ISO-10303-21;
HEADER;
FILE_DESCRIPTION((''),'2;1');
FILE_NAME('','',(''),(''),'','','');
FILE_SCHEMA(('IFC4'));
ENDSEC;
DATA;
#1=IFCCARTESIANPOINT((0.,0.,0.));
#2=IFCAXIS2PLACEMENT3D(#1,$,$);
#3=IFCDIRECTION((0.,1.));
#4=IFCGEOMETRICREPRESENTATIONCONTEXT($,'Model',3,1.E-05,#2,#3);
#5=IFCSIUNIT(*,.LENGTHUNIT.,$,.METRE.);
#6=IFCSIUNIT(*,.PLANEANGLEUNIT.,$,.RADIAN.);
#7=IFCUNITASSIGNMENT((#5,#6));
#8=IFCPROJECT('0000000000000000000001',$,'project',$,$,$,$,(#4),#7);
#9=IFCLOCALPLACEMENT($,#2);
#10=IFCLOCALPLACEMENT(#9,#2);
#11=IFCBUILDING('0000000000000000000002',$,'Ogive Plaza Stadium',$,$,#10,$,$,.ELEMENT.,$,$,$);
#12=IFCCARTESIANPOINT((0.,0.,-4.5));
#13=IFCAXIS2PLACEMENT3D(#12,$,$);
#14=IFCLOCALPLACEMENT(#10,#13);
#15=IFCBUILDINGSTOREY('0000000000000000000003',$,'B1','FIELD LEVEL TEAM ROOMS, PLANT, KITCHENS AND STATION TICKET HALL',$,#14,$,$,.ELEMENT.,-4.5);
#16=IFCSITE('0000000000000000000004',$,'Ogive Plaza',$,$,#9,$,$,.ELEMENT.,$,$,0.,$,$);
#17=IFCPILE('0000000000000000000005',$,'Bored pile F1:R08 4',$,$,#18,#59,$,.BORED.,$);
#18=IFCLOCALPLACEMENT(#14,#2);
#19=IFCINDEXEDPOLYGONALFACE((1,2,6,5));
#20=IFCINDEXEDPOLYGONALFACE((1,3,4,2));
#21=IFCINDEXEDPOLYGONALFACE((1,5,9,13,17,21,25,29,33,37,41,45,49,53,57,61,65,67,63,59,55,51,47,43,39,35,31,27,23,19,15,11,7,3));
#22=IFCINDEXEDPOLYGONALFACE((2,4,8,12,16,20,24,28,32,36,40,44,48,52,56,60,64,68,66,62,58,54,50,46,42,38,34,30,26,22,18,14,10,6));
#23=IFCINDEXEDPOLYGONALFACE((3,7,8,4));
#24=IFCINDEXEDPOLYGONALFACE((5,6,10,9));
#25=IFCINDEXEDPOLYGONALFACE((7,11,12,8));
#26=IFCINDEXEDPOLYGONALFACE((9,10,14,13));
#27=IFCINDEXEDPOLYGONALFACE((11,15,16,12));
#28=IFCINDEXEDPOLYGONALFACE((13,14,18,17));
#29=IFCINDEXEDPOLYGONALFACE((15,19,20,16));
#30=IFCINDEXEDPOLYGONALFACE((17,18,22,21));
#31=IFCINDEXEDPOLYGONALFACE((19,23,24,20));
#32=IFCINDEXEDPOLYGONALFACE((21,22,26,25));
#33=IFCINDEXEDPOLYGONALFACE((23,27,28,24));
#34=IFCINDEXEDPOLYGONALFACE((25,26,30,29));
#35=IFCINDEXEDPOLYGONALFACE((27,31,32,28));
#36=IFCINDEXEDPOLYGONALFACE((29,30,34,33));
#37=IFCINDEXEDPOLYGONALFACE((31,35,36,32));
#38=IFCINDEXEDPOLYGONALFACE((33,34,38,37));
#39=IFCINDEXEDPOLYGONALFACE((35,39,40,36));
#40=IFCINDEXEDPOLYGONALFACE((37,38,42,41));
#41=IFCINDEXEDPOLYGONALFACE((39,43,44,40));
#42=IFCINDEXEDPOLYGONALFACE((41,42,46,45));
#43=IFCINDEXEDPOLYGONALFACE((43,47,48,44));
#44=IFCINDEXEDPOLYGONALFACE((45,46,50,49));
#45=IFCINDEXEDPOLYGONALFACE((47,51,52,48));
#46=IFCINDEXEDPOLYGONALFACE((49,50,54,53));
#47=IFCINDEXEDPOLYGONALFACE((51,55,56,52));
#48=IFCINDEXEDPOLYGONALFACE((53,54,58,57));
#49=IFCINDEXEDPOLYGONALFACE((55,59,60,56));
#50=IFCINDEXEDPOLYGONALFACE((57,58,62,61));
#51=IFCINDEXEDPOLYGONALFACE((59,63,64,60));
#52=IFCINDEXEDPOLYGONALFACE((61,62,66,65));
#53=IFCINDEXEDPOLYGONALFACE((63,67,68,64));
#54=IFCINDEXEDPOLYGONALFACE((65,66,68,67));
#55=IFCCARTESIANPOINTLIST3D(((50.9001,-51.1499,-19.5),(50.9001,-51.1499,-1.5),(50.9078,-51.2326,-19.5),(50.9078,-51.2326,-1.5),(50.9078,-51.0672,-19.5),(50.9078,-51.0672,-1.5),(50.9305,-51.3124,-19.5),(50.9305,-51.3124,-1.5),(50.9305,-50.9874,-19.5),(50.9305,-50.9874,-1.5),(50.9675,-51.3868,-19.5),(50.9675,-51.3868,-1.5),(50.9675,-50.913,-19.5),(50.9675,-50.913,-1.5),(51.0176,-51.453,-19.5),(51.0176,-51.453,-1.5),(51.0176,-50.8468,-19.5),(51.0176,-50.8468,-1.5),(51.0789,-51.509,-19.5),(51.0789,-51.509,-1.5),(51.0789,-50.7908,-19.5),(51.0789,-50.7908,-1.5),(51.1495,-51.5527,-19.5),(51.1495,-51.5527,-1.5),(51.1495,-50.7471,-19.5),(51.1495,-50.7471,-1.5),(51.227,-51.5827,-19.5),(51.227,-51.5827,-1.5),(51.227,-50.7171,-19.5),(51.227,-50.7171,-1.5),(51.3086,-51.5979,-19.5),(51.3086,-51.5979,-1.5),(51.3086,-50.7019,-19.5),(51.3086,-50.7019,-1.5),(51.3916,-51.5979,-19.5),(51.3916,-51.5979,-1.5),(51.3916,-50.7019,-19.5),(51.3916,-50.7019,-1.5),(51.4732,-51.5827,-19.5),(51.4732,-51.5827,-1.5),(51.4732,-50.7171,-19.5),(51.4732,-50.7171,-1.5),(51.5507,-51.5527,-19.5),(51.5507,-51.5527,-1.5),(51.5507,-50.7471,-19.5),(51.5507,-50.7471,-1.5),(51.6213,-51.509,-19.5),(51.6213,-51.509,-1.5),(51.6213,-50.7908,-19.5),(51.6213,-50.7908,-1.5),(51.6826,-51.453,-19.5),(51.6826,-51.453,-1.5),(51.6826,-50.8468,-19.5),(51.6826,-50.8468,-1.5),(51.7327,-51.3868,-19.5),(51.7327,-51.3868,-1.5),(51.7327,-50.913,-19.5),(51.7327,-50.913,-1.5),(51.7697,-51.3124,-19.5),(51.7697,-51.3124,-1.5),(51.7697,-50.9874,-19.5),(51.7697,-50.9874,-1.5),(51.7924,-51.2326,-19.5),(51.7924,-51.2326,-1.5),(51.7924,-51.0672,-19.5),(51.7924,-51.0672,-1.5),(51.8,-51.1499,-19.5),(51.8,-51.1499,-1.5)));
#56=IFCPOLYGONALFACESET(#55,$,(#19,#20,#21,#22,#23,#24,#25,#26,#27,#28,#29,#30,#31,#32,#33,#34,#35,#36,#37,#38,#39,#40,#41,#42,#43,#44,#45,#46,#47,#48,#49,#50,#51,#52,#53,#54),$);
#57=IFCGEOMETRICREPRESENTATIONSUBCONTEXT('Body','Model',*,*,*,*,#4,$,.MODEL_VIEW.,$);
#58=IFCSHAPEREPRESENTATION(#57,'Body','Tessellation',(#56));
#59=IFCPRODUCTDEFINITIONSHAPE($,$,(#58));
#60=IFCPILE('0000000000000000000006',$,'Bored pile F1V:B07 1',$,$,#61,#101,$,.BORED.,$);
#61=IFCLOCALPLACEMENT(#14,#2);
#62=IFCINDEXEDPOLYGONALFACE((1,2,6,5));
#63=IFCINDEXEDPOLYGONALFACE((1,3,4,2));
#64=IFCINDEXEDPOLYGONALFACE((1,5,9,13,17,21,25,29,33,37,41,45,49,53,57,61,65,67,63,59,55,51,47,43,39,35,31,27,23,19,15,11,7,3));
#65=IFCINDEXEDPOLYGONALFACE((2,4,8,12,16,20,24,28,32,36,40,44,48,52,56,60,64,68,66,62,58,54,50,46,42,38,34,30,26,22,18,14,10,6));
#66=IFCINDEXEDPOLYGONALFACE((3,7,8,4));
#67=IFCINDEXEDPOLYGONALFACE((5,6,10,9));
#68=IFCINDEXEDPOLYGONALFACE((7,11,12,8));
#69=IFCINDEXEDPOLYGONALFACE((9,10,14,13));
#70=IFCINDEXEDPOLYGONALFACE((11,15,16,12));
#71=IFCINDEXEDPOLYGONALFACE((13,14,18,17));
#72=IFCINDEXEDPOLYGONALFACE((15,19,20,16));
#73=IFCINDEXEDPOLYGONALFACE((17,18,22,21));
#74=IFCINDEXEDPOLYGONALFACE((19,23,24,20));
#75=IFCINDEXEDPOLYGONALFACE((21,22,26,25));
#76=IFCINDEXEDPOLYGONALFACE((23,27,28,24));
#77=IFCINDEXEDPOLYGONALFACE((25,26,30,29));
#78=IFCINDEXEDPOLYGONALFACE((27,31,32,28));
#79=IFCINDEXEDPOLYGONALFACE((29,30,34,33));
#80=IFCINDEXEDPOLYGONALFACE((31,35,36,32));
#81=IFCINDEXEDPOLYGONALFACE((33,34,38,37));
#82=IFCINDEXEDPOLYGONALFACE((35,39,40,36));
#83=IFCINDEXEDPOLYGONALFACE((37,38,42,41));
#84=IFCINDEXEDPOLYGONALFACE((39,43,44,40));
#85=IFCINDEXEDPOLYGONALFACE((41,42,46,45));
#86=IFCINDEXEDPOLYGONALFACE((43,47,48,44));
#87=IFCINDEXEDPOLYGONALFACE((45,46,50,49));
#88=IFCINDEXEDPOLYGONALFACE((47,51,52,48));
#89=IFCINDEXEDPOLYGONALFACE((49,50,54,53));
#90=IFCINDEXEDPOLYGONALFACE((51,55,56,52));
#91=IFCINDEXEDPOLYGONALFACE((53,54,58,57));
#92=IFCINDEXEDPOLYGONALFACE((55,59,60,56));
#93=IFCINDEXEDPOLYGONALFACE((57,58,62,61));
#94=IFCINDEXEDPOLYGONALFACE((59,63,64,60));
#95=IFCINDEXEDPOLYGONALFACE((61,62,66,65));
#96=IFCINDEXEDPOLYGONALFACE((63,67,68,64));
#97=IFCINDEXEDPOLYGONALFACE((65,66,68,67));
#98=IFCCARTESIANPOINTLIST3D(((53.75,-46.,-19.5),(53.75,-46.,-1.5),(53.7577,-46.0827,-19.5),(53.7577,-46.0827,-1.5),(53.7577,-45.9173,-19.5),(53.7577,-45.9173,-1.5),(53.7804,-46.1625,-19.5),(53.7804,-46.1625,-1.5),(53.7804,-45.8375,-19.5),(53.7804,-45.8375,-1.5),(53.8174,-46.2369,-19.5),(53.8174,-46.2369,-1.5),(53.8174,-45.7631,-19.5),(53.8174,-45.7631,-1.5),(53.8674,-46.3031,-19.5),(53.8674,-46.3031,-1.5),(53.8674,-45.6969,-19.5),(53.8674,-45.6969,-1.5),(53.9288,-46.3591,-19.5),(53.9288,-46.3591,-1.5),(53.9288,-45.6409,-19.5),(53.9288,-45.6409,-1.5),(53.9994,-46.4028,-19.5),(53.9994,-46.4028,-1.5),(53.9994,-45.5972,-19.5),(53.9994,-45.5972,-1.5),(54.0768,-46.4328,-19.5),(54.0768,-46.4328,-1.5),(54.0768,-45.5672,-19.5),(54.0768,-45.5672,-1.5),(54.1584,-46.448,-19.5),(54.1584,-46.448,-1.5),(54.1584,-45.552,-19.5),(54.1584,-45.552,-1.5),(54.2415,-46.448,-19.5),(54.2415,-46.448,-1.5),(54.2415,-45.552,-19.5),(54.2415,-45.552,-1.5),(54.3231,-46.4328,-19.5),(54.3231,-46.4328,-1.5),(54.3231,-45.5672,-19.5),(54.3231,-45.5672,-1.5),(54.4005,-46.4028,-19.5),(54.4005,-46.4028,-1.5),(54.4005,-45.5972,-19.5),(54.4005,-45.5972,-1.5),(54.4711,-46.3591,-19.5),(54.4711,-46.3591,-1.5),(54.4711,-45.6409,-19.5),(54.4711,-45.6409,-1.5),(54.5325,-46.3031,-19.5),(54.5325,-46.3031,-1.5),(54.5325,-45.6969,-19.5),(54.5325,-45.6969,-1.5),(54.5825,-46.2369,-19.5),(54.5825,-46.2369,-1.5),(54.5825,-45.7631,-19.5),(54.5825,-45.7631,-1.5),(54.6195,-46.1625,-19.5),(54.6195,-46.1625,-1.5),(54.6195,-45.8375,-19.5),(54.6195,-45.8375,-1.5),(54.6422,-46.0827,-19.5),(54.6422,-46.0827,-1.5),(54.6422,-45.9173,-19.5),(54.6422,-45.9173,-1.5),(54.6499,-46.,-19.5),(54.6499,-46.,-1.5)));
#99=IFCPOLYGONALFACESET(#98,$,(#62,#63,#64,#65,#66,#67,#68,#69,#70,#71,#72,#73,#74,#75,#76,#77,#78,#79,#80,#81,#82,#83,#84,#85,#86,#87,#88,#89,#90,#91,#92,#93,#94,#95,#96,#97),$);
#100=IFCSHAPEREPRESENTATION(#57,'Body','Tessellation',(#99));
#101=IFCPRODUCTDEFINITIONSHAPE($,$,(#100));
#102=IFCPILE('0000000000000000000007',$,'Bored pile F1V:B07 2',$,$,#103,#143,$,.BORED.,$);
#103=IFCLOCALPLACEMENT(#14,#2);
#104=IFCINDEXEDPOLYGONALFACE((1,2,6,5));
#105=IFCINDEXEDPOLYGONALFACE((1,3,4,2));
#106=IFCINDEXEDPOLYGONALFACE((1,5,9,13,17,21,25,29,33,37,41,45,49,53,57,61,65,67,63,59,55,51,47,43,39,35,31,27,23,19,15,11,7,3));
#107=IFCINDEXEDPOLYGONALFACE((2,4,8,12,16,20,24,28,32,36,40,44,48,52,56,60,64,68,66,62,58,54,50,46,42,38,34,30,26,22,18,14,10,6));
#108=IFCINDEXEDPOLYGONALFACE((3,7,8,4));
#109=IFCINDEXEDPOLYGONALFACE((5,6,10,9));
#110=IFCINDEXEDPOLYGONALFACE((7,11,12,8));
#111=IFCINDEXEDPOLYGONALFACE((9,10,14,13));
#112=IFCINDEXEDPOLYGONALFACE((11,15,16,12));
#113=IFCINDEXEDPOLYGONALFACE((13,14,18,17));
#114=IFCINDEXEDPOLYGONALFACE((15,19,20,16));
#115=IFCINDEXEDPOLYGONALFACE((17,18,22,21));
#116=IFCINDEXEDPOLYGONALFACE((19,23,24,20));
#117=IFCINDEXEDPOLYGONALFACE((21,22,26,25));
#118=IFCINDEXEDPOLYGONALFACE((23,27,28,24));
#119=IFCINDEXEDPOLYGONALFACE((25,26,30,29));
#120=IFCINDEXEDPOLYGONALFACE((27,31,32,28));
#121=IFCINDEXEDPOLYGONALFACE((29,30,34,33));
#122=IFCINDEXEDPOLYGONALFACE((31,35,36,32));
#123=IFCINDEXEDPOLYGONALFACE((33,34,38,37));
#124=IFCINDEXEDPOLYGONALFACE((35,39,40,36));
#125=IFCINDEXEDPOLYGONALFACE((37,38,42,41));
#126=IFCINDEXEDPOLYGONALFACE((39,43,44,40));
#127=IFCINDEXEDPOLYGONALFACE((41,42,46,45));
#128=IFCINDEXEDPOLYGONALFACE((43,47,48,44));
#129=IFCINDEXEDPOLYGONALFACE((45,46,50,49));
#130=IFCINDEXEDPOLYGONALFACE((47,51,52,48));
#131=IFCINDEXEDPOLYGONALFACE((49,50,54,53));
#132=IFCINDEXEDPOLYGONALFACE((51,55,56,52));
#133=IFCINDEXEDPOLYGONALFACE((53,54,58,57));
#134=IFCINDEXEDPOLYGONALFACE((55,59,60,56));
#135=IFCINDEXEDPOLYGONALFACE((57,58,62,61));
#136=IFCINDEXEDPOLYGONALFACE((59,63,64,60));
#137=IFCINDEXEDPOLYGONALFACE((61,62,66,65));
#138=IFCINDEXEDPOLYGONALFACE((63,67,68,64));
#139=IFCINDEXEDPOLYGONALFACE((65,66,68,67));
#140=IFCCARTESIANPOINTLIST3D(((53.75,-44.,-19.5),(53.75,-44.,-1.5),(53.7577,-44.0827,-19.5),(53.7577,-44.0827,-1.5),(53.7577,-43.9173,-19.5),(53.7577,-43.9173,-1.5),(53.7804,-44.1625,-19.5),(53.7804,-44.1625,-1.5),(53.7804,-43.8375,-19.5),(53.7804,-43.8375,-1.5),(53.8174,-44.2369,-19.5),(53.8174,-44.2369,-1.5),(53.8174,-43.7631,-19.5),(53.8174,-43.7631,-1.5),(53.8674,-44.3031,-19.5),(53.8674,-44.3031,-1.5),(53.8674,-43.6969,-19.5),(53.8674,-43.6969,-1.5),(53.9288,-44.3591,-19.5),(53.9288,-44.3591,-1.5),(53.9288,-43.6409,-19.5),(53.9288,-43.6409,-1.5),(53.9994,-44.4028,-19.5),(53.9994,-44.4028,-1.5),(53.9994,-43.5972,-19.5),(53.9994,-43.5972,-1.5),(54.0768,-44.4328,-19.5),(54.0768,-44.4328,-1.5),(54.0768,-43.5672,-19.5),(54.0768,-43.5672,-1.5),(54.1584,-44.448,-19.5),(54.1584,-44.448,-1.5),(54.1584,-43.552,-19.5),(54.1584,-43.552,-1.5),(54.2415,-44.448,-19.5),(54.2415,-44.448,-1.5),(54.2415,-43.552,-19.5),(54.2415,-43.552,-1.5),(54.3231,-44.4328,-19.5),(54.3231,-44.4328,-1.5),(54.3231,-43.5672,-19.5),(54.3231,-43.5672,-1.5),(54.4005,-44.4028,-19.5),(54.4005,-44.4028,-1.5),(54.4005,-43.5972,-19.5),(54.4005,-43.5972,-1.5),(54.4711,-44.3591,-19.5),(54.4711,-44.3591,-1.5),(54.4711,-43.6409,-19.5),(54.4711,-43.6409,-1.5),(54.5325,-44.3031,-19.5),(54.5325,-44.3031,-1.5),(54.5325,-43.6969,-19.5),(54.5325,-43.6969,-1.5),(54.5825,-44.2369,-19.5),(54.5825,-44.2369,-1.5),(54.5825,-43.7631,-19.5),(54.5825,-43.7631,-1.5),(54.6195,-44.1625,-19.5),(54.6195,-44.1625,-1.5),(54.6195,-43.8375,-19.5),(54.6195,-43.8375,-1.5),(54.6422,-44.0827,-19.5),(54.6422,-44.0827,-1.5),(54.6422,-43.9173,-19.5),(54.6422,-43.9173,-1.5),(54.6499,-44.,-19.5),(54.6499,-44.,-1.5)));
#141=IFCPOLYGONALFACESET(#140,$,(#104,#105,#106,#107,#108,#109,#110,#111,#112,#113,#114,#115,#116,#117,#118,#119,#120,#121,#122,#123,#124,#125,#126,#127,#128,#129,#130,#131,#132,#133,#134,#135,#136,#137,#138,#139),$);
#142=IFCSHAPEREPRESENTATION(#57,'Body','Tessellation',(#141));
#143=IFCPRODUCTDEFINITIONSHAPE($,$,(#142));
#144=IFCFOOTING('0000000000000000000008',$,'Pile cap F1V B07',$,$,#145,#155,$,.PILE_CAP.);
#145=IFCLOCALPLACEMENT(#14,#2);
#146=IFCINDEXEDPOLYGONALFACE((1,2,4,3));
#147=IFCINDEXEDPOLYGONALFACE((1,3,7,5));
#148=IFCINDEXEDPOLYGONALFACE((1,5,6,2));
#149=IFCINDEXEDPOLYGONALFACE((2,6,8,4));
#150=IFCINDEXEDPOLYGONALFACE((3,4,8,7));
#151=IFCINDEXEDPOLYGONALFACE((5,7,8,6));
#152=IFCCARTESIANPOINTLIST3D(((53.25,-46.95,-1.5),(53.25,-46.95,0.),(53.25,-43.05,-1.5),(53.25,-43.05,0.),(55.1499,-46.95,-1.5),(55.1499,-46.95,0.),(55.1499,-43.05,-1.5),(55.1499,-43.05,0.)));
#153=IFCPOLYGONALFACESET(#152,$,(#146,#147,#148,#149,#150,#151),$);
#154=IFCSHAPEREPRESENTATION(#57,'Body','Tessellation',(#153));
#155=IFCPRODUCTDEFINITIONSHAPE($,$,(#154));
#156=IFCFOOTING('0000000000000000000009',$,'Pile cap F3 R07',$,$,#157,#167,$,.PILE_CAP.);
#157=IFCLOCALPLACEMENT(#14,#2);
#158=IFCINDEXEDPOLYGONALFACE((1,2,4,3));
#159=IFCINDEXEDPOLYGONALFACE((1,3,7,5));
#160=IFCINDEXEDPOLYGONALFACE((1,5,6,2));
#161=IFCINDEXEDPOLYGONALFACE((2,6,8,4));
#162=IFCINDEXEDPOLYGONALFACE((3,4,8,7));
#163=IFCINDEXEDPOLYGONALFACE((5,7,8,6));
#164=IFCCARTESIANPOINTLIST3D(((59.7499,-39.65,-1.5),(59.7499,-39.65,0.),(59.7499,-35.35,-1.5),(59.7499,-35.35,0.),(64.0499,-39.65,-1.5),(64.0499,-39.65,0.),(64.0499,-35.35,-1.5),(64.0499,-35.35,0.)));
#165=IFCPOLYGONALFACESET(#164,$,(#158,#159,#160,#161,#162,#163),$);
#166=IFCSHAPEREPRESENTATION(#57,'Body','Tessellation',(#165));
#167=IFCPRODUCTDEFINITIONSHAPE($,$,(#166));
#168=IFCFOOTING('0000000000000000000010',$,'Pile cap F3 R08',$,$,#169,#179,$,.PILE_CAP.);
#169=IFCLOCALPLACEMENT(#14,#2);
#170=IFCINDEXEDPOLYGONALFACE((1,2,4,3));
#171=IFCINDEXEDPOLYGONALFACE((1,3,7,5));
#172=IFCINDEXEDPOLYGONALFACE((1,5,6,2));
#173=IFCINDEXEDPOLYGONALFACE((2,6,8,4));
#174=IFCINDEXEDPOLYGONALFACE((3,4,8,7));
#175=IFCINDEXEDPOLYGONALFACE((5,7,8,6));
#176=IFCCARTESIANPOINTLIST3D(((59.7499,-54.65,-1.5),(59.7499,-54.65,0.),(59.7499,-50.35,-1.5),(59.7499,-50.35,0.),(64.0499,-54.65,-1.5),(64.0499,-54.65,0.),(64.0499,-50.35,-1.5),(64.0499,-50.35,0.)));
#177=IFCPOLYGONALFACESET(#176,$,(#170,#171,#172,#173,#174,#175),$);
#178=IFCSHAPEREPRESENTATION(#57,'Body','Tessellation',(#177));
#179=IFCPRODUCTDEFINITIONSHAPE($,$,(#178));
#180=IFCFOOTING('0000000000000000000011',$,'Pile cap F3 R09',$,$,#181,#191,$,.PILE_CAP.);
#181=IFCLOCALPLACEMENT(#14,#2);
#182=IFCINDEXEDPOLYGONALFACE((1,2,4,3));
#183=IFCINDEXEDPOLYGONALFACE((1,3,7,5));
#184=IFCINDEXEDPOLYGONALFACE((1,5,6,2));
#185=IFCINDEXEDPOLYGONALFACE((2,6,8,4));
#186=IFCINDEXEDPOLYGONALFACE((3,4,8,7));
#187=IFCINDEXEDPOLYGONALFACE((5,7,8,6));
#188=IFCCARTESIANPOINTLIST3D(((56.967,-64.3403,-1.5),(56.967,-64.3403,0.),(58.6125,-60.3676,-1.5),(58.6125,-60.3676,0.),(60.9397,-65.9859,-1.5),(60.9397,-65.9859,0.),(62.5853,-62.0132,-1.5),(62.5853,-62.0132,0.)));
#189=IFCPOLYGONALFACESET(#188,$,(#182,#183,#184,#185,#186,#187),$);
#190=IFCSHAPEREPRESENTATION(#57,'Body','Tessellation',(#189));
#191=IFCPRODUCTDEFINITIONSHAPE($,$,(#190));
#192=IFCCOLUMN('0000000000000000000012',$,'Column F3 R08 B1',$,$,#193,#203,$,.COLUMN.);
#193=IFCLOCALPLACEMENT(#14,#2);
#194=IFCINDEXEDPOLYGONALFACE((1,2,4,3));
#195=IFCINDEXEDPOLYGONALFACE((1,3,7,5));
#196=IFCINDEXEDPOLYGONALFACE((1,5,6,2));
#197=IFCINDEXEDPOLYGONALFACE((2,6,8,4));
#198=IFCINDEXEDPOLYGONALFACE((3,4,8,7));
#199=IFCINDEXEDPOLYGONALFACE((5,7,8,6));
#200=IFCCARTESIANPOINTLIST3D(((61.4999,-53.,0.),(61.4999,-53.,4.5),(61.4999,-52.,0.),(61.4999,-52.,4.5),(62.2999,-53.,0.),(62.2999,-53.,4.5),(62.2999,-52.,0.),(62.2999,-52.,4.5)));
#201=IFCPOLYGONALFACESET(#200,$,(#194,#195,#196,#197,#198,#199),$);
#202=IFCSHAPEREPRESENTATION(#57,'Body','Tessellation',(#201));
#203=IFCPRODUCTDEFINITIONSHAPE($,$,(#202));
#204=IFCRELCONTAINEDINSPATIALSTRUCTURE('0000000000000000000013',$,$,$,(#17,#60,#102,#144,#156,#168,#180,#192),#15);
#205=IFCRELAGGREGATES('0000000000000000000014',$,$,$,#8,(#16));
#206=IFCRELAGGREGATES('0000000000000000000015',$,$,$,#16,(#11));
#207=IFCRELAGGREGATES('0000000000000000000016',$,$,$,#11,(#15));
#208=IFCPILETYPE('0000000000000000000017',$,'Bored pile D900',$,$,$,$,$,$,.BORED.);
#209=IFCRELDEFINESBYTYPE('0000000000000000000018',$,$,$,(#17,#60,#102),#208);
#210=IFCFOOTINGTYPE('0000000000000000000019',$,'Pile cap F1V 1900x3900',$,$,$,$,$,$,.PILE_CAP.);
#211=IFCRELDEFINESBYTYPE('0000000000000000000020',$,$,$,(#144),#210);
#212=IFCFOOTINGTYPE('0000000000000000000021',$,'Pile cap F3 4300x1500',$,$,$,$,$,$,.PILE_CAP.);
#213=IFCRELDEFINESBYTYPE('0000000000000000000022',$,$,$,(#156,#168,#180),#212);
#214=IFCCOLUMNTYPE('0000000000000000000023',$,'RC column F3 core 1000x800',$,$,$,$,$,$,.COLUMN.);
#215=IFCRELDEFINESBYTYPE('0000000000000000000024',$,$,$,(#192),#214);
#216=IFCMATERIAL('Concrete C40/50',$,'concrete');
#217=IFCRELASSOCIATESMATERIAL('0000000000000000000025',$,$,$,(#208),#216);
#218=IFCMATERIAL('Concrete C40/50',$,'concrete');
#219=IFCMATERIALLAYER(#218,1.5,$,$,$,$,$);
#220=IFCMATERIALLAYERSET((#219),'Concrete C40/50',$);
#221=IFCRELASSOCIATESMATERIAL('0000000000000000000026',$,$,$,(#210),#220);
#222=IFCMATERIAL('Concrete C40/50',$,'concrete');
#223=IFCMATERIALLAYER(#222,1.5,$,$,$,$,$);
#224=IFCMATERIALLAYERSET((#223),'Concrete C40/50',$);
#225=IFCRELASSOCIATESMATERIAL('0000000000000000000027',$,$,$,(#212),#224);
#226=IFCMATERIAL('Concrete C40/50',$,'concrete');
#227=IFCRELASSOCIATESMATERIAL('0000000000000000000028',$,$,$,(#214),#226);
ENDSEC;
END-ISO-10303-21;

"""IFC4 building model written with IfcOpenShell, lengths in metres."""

from ifc_helpers import new_model, si_unit, direction, frame, origin, origin_2d, place, context, subcontext, project, spatial, rectangle, circle, extrude, material, layer, layer_set, material_profile, profile_set, type_object, element, save


model = new_model("IFC4")

# Units and contexts
model_context = context("Model", 3, precision=1e-05, world=origin(), true_north=direction((0.0, 1.0)))
body_context = subcontext(model_context, "Body", "Model", "MODEL_VIEW")
ifc_project = project(units=[si_unit("LENGTHUNIT", "METRE"), si_unit("PLANEANGLEUNIT", "RADIAN")], contexts=[model_context])

# Site, building, storey
site_placement = place(None, origin())
site = spatial("IfcSite", under=ifc_project, at=site_placement, Name="Ogive Plaza", CompositionType="ELEMENT", RefElevation=0.0)
building_placement = place(site_placement, origin())
building = spatial("IfcBuilding", under=site, at=building_placement, Name="Ogive Plaza Stadium", CompositionType="ELEMENT")
storey_placement = place(building_placement, frame((0.0, 0.0, -4.5)))
storey = spatial("IfcBuildingStorey", under=building, at=storey_placement, Name="B1", Description="FIELD LEVEL TEAM ROOMS, PLANT, KITCHENS AND STATION TICKET HALL", CompositionType="ELEMENT", Elevation=-4.5)

# Piles
ifc_material_1 = material(Name="Concrete C40/50", Category="concrete")
ifc_material_profile_1 = material_profile(ifc_material_1, circle(Radius=0.45, at=origin_2d()), Name="RC D900")
ifc_profile_set_1 = profile_set([ifc_material_profile_1], Name="Concrete C40/50")
pile_type_1 = type_object("IfcPileType", Name="Bored pile D900", PredefinedType="BORED", material=ifc_profile_set_1)
for number, where, z_axis, x_axis, name in (
    (1, (51.3501, -51.1499, -1.5), (0.0, 0.0, -1.0), (1.0, 0.0, 0.0), "Bored pile F1:R08 4"),
    (2, (54.2, -46.0, -1.5), (0.0, 0.0, -1.0), (1.0, 0.0, 0.0), "Bored pile F1V:B07 1"),
    (3, (54.2, -44.0, -1.5), (0.0, 0.0, -1.0), (1.0, 0.0, 0.0), "Bored pile F1V:B07 2"),
):
    element("IfcPile", number, at=place(storey_placement, frame(where, z_axis=z_axis, x_axis=x_axis)), inside=storey, type_object=pile_type_1, Name=name, PredefinedType="BORED", context=body_context, shape_type="SweptSolid", body=[
        extrude(circle(Radius=0.45, at=origin_2d()), origin(), (0.0, 0.0, 1.0), 18.0),
    ])

# Footings
ifc_material_2 = material(Name="Concrete C40/50", Category="concrete")
ifc_layer_1 = layer(ifc_material_2, 1.5)
ifc_layer_set_1 = layer_set([ifc_layer_1], Name="Concrete C40/50")
footing_type_1 = type_object("IfcFootingType", Name="Pile cap F1V 1900x3900", PredefinedType="PILE_CAP", material=ifc_layer_set_1)
footing_placement = place(storey_placement, frame((54.2, -45.0, -1.5), z_axis=(0.0, 0.0, 1.0), x_axis=(1.0, 0.0, 0.0)))
element("IfcFooting", 4, at=footing_placement, inside=storey, type_object=footing_type_1, Name="Pile cap F1V B07", PredefinedType="PILE_CAP", context=body_context, shape_type="SweptSolid", body=[
    extrude(rectangle(XDim=1.8999, YDim=3.8999, at=origin_2d()), origin(), (0.0, 0.0, 1.0), 1.5),
])
ifc_material_3 = material(Name="Concrete C40/50", Category="concrete")
ifc_layer_2 = layer(ifc_material_3, 1.5)
ifc_layer_set_2 = layer_set([ifc_layer_2], Name="Concrete C40/50")
footing_type_2 = type_object("IfcFootingType", Name="Pile cap F3 4300x1500", PredefinedType="PILE_CAP", material=ifc_layer_set_2)
for number, where, z_axis, x_axis, name in (
    (5, (61.8999, -37.5, -1.5), (0.0, 0.0, 1.0), (1.0, 0.0, 0.0), "Pile cap F3 R07"),
    (6, (61.8999, -52.5, -1.5), (0.0, 0.0, 1.0), (1.0, 0.0, 0.0), "Pile cap F3 R08"),
    (7, (59.7761, -63.1768, -1.5), (0.0, 0.0, 1.0), (0.92388, -0.382683, 0.0), "Pile cap F3 R09"),
):
    element("IfcFooting", number, at=place(storey_placement, frame(where, z_axis=z_axis, x_axis=x_axis)), inside=storey, type_object=footing_type_2, Name=name, PredefinedType="PILE_CAP", context=body_context, shape_type="SweptSolid", body=[
        extrude(rectangle(XDim=4.3, YDim=4.3, at=origin_2d()), origin(), (0.0, 0.0, 1.0), 1.5),
    ])

# Column
ifc_material_4 = material(Name="Concrete C40/50", Category="concrete")
ifc_material_profile_2 = material_profile(ifc_material_4, rectangle(XDim=1.0, YDim=0.8, at=origin_2d()), Name="RC 1000x800")
ifc_profile_set_2 = profile_set([ifc_material_profile_2], Name="Concrete C40/50")
column_type_1 = type_object("IfcColumnType", Name="RC column F3 core 1000x800", PredefinedType="COLUMN", material=ifc_profile_set_2)
column_1_placement = place(storey_placement, frame((61.8999, -52.5, 0.0), z_axis=(0.0, 0.0, 1.0), x_axis=(0.0, 1.0, 0.0)))
element("IfcColumn", 8, at=column_1_placement, inside=storey, type_object=column_type_1, Name="Column F3 R08 B1", PredefinedType="COLUMN", context=body_context, shape_type="SweptSolid", body=[
    extrude(rectangle(XDim=1.0, YDim=0.8, at=origin_2d()), origin(), (0.0, 0.0, 1.0), 4.5),
])

save(model, "model.ifc")
